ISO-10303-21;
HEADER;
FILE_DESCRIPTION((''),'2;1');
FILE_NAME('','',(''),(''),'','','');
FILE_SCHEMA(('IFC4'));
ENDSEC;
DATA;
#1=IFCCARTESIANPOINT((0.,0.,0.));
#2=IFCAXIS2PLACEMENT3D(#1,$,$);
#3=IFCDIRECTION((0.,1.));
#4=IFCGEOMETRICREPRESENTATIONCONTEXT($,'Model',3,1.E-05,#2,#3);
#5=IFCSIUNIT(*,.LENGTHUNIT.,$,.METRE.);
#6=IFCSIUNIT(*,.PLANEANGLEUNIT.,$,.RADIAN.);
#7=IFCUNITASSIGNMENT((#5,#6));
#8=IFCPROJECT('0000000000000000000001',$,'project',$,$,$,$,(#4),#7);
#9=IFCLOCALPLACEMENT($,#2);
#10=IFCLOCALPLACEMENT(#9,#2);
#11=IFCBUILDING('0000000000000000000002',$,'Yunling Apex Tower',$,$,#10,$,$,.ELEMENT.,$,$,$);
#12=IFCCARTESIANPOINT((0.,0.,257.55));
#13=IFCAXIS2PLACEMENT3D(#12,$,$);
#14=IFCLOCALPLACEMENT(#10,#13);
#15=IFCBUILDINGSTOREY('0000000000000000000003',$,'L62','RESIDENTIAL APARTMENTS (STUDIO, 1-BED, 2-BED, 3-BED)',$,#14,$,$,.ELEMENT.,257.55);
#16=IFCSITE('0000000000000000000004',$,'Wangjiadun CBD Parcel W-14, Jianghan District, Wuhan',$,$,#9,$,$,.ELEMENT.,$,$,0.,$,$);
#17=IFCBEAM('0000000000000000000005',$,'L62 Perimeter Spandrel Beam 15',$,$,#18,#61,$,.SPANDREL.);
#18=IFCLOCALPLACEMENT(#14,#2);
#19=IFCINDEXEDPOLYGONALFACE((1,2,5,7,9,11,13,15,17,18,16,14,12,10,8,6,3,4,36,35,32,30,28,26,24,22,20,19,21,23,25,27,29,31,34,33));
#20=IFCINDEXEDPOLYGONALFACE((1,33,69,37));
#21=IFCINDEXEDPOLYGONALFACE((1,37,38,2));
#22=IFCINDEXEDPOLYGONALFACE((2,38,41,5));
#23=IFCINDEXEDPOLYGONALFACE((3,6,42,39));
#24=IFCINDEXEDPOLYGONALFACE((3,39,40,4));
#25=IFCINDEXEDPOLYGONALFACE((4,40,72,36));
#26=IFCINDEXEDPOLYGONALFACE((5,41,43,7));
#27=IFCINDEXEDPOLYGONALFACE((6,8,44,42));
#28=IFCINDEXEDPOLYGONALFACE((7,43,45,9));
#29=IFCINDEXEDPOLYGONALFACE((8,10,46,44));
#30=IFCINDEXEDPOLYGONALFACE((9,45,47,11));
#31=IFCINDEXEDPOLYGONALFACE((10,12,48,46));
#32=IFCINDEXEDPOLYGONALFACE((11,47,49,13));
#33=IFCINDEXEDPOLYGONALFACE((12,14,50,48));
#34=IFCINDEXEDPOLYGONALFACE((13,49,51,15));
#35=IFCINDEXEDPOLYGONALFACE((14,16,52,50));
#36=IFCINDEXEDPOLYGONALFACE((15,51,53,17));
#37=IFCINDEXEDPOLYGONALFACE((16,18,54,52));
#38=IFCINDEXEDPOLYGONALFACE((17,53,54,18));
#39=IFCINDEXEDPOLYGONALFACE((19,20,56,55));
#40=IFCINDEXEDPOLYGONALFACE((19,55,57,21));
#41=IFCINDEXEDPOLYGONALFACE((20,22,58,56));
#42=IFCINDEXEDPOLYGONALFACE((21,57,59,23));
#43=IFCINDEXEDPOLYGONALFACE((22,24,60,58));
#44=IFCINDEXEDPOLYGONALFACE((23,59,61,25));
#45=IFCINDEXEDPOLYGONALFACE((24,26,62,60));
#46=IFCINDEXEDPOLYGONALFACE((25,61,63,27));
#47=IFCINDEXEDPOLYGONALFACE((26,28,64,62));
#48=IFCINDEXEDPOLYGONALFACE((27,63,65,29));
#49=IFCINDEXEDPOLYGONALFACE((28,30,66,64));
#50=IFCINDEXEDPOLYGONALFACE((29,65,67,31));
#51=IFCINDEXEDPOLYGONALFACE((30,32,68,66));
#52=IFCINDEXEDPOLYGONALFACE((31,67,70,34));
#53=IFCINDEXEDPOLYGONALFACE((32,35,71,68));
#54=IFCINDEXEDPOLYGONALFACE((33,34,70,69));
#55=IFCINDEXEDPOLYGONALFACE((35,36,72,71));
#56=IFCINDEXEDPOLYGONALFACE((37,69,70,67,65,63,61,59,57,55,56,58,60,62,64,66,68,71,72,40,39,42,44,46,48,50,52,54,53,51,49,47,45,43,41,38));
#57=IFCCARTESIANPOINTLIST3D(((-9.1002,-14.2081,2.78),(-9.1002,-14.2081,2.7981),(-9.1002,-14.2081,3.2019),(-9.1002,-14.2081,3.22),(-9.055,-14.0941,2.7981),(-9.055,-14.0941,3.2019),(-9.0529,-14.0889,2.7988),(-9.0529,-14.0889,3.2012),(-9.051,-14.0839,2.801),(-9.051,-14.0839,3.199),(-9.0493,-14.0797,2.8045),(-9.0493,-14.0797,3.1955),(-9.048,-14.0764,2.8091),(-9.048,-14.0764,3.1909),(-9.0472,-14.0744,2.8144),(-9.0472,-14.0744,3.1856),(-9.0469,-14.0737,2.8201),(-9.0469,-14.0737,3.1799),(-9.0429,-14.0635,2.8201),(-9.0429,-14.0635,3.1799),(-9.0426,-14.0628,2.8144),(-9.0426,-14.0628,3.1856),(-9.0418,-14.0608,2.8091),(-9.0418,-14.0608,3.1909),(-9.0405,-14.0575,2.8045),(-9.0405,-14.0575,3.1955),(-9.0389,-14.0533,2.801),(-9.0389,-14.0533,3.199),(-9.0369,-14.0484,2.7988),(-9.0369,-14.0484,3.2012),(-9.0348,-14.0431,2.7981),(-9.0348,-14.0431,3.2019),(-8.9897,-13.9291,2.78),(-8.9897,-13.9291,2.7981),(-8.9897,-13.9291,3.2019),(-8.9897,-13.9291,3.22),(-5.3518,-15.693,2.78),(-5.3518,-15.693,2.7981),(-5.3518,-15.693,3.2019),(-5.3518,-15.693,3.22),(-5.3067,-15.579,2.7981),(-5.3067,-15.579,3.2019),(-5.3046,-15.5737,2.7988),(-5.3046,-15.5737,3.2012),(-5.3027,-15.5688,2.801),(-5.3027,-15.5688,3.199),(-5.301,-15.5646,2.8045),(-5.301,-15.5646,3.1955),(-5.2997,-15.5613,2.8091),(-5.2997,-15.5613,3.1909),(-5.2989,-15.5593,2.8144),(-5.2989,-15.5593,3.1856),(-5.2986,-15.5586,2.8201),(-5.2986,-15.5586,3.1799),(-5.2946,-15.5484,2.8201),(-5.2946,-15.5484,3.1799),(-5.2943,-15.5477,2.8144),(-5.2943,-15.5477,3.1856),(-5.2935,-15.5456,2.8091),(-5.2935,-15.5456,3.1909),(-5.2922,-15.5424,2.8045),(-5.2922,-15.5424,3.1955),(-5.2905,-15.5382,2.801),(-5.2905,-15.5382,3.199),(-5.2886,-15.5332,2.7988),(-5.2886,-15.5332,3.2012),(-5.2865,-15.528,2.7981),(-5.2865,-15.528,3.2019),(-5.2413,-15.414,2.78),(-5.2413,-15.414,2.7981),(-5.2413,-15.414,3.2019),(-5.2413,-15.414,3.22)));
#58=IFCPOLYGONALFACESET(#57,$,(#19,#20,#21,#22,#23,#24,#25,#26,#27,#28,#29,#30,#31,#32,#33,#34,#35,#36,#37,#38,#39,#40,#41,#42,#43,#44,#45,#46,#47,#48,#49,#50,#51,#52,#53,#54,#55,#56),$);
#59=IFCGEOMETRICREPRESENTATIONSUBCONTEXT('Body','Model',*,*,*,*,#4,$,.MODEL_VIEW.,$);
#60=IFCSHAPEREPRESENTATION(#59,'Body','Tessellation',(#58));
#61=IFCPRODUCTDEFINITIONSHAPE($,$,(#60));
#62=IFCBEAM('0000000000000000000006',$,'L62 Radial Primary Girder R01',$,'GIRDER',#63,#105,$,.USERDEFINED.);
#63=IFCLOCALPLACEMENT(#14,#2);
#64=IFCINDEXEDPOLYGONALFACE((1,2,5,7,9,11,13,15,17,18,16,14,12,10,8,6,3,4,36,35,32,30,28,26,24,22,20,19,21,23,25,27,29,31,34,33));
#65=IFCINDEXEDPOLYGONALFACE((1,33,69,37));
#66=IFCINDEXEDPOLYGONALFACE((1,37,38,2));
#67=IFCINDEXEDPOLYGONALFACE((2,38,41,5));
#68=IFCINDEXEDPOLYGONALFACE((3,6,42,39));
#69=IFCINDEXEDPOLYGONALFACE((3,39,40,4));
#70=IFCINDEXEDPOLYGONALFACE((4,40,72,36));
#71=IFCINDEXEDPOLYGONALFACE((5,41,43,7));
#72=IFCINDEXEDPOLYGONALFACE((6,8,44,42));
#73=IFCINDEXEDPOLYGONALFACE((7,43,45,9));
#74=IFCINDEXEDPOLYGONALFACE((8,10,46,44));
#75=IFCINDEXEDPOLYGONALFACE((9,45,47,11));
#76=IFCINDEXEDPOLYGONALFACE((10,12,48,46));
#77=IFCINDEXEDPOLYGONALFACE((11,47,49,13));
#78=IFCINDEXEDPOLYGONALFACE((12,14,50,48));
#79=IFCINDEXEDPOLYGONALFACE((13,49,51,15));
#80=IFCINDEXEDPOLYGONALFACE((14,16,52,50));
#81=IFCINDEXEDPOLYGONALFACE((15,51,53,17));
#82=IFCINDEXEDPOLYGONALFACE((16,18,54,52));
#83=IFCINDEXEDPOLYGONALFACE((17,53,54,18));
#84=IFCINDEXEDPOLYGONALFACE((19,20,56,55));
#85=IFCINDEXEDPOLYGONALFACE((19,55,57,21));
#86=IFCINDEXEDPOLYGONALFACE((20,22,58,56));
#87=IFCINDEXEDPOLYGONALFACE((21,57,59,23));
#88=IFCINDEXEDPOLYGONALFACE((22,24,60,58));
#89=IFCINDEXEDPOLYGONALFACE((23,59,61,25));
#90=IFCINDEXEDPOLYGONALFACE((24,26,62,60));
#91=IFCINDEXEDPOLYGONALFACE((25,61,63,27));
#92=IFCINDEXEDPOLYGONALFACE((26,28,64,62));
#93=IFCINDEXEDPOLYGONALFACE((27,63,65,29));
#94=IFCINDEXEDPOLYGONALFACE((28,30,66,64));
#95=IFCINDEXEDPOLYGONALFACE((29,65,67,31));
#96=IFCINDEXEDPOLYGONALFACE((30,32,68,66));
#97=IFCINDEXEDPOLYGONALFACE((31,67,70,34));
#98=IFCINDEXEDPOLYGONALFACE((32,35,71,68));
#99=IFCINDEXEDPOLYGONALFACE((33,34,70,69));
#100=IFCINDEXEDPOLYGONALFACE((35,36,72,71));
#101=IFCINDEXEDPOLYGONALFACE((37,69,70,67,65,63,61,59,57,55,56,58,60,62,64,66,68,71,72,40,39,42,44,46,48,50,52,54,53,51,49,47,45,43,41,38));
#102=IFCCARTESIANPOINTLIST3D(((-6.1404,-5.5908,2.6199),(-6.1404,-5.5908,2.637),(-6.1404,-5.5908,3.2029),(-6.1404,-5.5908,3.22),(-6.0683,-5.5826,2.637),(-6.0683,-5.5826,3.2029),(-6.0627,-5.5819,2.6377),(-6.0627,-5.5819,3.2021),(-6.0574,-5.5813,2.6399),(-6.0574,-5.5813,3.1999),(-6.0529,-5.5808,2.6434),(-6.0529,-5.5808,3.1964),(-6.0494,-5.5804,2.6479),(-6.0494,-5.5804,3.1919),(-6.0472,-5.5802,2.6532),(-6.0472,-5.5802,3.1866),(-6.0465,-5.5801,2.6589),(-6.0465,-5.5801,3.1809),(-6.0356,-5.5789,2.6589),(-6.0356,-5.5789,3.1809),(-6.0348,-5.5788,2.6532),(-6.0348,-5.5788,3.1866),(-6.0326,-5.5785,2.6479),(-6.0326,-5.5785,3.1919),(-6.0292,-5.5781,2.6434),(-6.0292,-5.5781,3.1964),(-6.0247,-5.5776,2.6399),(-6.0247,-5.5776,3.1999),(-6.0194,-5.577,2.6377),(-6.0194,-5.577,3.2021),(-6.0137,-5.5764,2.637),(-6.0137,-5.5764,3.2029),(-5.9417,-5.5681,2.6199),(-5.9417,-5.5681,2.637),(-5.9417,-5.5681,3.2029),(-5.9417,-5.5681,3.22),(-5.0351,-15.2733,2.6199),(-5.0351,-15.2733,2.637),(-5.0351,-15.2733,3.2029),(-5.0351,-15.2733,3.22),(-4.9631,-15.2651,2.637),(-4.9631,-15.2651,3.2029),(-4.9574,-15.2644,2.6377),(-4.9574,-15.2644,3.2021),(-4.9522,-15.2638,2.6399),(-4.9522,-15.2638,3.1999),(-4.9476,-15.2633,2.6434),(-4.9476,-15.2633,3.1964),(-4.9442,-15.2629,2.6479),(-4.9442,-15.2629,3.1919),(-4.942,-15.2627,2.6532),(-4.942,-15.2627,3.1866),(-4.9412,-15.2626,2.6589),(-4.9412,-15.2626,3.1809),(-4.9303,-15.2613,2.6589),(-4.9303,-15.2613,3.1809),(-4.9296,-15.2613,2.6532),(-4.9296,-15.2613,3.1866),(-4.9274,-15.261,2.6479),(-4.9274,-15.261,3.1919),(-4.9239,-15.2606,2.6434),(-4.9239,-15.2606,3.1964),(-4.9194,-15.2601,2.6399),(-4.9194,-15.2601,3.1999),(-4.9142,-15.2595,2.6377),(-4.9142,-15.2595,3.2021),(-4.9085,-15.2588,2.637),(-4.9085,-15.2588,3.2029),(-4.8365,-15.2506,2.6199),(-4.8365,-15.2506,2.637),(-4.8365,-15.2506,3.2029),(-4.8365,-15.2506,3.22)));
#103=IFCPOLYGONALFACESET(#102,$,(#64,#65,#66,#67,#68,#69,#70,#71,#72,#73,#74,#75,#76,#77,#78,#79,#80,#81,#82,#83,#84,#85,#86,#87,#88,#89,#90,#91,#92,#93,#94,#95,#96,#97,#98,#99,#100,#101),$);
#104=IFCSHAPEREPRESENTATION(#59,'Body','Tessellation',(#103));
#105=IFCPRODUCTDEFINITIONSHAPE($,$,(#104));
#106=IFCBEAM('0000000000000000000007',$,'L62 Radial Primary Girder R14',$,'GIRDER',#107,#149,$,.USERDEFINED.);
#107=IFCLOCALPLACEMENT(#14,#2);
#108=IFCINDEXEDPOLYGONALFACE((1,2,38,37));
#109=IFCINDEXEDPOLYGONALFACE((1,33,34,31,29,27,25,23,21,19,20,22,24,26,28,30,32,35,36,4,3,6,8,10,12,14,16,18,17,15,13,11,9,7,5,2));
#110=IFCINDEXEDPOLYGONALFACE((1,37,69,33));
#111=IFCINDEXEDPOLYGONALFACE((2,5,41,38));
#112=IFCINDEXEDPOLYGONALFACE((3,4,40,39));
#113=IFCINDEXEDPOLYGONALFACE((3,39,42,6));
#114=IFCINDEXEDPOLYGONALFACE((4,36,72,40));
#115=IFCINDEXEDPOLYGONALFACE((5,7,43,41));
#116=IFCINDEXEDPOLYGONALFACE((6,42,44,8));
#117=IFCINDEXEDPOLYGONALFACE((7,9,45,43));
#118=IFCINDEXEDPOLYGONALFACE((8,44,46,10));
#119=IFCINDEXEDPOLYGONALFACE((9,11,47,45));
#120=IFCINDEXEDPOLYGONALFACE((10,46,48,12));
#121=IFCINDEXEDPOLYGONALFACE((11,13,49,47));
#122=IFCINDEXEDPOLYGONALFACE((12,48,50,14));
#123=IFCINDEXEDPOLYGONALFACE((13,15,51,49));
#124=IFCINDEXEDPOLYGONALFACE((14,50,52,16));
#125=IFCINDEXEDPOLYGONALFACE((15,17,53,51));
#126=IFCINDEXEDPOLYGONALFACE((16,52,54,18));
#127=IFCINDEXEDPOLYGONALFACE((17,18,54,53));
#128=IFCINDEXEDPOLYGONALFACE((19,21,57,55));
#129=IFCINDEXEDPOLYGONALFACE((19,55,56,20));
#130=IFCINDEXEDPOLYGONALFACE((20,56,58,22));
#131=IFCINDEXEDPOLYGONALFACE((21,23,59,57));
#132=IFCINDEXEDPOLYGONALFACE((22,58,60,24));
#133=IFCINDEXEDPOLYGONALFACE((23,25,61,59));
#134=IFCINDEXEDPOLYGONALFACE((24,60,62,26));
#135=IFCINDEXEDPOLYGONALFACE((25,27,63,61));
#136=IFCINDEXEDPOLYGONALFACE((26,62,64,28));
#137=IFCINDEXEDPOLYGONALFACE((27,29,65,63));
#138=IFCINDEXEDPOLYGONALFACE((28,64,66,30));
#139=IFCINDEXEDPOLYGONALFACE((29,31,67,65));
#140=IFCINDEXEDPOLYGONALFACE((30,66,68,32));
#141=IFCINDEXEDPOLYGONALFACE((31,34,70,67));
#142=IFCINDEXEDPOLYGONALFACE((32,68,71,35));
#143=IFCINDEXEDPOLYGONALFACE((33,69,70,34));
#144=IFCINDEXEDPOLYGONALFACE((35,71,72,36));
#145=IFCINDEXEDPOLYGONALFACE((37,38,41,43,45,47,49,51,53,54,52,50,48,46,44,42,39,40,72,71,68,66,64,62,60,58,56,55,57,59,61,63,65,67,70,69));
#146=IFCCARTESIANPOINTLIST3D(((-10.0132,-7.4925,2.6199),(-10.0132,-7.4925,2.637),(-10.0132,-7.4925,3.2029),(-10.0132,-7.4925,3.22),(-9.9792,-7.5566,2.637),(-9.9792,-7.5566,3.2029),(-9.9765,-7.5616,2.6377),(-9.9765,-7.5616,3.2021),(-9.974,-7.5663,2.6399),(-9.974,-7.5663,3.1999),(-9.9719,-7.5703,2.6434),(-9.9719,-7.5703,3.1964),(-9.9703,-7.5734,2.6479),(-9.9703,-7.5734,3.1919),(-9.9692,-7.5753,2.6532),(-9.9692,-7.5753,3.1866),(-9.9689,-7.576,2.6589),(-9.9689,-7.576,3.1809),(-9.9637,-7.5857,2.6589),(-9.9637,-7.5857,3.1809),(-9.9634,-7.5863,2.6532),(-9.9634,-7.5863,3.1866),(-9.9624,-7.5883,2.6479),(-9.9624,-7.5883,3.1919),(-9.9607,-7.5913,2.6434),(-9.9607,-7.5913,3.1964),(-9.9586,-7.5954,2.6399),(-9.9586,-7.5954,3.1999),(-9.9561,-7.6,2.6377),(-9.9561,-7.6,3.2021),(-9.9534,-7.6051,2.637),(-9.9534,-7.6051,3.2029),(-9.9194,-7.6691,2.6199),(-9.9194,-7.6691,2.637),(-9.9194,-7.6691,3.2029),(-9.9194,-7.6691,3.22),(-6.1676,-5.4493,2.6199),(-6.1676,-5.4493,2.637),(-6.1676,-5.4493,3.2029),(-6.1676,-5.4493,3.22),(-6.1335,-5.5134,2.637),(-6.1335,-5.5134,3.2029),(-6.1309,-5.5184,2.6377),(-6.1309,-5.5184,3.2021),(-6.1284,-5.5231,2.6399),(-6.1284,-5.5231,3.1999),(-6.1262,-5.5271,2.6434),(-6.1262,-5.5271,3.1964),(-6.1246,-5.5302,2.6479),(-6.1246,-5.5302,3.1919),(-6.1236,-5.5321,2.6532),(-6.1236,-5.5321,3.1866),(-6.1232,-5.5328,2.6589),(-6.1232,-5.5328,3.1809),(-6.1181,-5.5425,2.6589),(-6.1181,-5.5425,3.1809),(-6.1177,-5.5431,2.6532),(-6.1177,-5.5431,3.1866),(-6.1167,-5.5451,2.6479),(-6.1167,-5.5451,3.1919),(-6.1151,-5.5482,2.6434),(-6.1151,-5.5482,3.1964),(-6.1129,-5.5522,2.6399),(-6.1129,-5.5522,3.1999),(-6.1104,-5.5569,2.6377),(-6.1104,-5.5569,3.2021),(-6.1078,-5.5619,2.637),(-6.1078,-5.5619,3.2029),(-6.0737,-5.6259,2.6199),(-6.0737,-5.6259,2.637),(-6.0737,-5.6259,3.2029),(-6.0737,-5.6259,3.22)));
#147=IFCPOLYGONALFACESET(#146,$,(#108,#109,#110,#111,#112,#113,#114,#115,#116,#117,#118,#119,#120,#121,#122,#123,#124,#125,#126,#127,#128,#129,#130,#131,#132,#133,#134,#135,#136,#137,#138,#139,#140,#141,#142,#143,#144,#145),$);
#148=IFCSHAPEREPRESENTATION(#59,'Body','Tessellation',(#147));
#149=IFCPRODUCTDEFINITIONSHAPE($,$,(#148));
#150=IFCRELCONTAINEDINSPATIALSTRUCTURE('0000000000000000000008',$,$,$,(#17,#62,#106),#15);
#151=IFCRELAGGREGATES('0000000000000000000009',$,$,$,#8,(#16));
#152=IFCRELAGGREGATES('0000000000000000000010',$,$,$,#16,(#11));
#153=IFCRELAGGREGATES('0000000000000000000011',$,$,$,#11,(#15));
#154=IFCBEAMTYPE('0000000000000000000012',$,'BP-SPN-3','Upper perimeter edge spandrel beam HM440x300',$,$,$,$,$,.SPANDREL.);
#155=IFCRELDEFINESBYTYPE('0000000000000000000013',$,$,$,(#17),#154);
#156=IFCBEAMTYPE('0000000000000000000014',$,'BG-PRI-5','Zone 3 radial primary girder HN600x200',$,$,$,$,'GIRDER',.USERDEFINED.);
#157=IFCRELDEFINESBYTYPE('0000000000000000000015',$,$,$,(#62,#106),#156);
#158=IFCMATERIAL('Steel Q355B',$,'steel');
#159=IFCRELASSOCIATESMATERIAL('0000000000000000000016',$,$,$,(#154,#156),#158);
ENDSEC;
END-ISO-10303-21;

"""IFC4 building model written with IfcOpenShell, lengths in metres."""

from ifc_helpers import new_model, si_unit, direction, frame, origin, origin_2d, place, context, subcontext, project, spatial, i_section, extrude, source, transform, mapped, material, material_profile, profile_set, type_object, element, save


model = new_model("IFC4")

# Units and contexts
model_context = context("Model", 3, precision=1e-05, world=origin(), true_north=direction((0.0, 1.0)))
body_context = subcontext(model_context, "Body", "Model", "MODEL_VIEW")
ifc_project = project(units=[si_unit("LENGTHUNIT", "METRE"), si_unit("PLANEANGLEUNIT", "RADIAN")], contexts=[model_context])

# Site, building, storey
site_placement = place(None, origin())
site = spatial("IfcSite", under=ifc_project, at=site_placement, Name="Wangjiadun CBD Parcel W-14, Jianghan District, Wuhan", CompositionType="ELEMENT", RefElevation=0.0)
building_placement = place(site_placement, origin())
building = spatial("IfcBuilding", under=site, at=building_placement, Name="Yunling Apex Tower", CompositionType="ELEMENT")
storey_placement = place(building_placement, frame((0.0, 0.0, 257.55)))
storey = spatial("IfcBuildingStorey", under=building, at=storey_placement, Name="L62", Description="RESIDENTIAL APARTMENTS (STUDIO, 1-BED, 2-BED, 3-BED)", CompositionType="ELEMENT", Elevation=257.55)

# Shared definitions
ifc_material_1 = material(Name="Steel Q355B", Category="steel")

# Beams
ifc_material_profile_1 = material_profile(ifc_material_1, i_section(OverallWidth=0.3, OverallDepth=0.4399, WebThickness=0.011, FlangeThickness=0.0181, FilletRadius=0.022, at=origin_2d()))
ifc_profile_set_1 = profile_set([ifc_material_profile_1], Name="Steel Q355B")
beam_type_1 = type_object("IfcBeamType", Name="BP-SPN-3", Description="Upper perimeter edge spandrel beam HM440x300", PredefinedType="SPANDREL", material=ifc_profile_set_1)
shared_shape_1 = source(origin(), body_context, "Body", "SweptSolid", [
    extrude(i_section(OverallWidth=0.3, OverallDepth=0.4399, WebThickness=0.011, FlangeThickness=0.0181, FilletRadius=0.022, at=origin_2d()), origin(), (0.0, 0.0, 1.0), 4.0317),
])
beam_1_placement = place(storey_placement, frame((-9.0449, -14.0686, 3.0), z_axis=(0.929708, -0.368298, 0.0), x_axis=(0.368298, 0.929708, 0.0)))
element("IfcBeam", 1, at=beam_1_placement, inside=storey, type_object=beam_type_1, Name="L62 Perimeter Spandrel Beam 15", PredefinedType="SPANDREL", context=body_context, shape_type="MappedRepresentation", body=[
    mapped(shared_shape_1, transform((0.0, 0.0, 0.0), scale=1.0)),
])
ifc_material_profile_2 = material_profile(ifc_material_1, i_section(OverallWidth=0.2, OverallDepth=0.6001, WebThickness=0.011, FlangeThickness=0.0171, FilletRadius=0.022, at=origin_2d()))
ifc_profile_set_2 = profile_set([ifc_material_profile_2], Name="Steel Q355B")
beam_type_2 = type_object("IfcBeamType", Name="BG-PRI-5", Description="Zone 3 radial primary girder HN600x200", ElementType="GIRDER", PredefinedType="USERDEFINED", material=ifc_profile_set_2)
shared_shape_2 = source(origin(), body_context, "Body", "SweptSolid", [
    extrude(i_section(OverallWidth=0.2, OverallDepth=0.6001, WebThickness=0.011, FlangeThickness=0.0171, FilletRadius=0.022, at=origin_2d()), origin(), (0.0, 0.0, 1.0), 9.7454),
])
beam_2_placement = place(storey_placement, frame((-4.9358, -15.262, 2.9199), z_axis=(-0.113412, 0.993548, 0.0), x_axis=(-0.993548, -0.113412, 0.0)))
element("IfcBeam", 2, at=beam_2_placement, inside=storey, type_object=beam_type_2, Name="L62 Radial Primary Girder R01", ObjectType="GIRDER", PredefinedType="USERDEFINED", context=body_context, shape_type="MappedRepresentation", body=[
    mapped(shared_shape_2, transform((0.0, 0.0, 0.0), scale=1.0)),
])
shared_shape_3 = source(origin(), body_context, "Body", "SweptSolid", [
    extrude(i_section(OverallWidth=0.2, OverallDepth=0.6001, WebThickness=0.011, FlangeThickness=0.0171, FilletRadius=0.022, at=origin_2d()), origin(), (0.0, 0.0, 1.0), 4.3547),
])
beam_3_placement = place(storey_placement, frame((-9.9663, -7.5808, 2.9199), z_axis=(0.883098, 0.469188, 0.0), x_axis=(-0.469188, 0.883098, 0.0)))
element("IfcBeam", 3, at=beam_3_placement, inside=storey, type_object=beam_type_2, Name="L62 Radial Primary Girder R14", ObjectType="GIRDER", PredefinedType="USERDEFINED", context=body_context, shape_type="MappedRepresentation", body=[
    mapped(shared_shape_3, transform((0.0, 0.0, 0.0), scale=1.0)),
])

save(model, "model.ifc")
